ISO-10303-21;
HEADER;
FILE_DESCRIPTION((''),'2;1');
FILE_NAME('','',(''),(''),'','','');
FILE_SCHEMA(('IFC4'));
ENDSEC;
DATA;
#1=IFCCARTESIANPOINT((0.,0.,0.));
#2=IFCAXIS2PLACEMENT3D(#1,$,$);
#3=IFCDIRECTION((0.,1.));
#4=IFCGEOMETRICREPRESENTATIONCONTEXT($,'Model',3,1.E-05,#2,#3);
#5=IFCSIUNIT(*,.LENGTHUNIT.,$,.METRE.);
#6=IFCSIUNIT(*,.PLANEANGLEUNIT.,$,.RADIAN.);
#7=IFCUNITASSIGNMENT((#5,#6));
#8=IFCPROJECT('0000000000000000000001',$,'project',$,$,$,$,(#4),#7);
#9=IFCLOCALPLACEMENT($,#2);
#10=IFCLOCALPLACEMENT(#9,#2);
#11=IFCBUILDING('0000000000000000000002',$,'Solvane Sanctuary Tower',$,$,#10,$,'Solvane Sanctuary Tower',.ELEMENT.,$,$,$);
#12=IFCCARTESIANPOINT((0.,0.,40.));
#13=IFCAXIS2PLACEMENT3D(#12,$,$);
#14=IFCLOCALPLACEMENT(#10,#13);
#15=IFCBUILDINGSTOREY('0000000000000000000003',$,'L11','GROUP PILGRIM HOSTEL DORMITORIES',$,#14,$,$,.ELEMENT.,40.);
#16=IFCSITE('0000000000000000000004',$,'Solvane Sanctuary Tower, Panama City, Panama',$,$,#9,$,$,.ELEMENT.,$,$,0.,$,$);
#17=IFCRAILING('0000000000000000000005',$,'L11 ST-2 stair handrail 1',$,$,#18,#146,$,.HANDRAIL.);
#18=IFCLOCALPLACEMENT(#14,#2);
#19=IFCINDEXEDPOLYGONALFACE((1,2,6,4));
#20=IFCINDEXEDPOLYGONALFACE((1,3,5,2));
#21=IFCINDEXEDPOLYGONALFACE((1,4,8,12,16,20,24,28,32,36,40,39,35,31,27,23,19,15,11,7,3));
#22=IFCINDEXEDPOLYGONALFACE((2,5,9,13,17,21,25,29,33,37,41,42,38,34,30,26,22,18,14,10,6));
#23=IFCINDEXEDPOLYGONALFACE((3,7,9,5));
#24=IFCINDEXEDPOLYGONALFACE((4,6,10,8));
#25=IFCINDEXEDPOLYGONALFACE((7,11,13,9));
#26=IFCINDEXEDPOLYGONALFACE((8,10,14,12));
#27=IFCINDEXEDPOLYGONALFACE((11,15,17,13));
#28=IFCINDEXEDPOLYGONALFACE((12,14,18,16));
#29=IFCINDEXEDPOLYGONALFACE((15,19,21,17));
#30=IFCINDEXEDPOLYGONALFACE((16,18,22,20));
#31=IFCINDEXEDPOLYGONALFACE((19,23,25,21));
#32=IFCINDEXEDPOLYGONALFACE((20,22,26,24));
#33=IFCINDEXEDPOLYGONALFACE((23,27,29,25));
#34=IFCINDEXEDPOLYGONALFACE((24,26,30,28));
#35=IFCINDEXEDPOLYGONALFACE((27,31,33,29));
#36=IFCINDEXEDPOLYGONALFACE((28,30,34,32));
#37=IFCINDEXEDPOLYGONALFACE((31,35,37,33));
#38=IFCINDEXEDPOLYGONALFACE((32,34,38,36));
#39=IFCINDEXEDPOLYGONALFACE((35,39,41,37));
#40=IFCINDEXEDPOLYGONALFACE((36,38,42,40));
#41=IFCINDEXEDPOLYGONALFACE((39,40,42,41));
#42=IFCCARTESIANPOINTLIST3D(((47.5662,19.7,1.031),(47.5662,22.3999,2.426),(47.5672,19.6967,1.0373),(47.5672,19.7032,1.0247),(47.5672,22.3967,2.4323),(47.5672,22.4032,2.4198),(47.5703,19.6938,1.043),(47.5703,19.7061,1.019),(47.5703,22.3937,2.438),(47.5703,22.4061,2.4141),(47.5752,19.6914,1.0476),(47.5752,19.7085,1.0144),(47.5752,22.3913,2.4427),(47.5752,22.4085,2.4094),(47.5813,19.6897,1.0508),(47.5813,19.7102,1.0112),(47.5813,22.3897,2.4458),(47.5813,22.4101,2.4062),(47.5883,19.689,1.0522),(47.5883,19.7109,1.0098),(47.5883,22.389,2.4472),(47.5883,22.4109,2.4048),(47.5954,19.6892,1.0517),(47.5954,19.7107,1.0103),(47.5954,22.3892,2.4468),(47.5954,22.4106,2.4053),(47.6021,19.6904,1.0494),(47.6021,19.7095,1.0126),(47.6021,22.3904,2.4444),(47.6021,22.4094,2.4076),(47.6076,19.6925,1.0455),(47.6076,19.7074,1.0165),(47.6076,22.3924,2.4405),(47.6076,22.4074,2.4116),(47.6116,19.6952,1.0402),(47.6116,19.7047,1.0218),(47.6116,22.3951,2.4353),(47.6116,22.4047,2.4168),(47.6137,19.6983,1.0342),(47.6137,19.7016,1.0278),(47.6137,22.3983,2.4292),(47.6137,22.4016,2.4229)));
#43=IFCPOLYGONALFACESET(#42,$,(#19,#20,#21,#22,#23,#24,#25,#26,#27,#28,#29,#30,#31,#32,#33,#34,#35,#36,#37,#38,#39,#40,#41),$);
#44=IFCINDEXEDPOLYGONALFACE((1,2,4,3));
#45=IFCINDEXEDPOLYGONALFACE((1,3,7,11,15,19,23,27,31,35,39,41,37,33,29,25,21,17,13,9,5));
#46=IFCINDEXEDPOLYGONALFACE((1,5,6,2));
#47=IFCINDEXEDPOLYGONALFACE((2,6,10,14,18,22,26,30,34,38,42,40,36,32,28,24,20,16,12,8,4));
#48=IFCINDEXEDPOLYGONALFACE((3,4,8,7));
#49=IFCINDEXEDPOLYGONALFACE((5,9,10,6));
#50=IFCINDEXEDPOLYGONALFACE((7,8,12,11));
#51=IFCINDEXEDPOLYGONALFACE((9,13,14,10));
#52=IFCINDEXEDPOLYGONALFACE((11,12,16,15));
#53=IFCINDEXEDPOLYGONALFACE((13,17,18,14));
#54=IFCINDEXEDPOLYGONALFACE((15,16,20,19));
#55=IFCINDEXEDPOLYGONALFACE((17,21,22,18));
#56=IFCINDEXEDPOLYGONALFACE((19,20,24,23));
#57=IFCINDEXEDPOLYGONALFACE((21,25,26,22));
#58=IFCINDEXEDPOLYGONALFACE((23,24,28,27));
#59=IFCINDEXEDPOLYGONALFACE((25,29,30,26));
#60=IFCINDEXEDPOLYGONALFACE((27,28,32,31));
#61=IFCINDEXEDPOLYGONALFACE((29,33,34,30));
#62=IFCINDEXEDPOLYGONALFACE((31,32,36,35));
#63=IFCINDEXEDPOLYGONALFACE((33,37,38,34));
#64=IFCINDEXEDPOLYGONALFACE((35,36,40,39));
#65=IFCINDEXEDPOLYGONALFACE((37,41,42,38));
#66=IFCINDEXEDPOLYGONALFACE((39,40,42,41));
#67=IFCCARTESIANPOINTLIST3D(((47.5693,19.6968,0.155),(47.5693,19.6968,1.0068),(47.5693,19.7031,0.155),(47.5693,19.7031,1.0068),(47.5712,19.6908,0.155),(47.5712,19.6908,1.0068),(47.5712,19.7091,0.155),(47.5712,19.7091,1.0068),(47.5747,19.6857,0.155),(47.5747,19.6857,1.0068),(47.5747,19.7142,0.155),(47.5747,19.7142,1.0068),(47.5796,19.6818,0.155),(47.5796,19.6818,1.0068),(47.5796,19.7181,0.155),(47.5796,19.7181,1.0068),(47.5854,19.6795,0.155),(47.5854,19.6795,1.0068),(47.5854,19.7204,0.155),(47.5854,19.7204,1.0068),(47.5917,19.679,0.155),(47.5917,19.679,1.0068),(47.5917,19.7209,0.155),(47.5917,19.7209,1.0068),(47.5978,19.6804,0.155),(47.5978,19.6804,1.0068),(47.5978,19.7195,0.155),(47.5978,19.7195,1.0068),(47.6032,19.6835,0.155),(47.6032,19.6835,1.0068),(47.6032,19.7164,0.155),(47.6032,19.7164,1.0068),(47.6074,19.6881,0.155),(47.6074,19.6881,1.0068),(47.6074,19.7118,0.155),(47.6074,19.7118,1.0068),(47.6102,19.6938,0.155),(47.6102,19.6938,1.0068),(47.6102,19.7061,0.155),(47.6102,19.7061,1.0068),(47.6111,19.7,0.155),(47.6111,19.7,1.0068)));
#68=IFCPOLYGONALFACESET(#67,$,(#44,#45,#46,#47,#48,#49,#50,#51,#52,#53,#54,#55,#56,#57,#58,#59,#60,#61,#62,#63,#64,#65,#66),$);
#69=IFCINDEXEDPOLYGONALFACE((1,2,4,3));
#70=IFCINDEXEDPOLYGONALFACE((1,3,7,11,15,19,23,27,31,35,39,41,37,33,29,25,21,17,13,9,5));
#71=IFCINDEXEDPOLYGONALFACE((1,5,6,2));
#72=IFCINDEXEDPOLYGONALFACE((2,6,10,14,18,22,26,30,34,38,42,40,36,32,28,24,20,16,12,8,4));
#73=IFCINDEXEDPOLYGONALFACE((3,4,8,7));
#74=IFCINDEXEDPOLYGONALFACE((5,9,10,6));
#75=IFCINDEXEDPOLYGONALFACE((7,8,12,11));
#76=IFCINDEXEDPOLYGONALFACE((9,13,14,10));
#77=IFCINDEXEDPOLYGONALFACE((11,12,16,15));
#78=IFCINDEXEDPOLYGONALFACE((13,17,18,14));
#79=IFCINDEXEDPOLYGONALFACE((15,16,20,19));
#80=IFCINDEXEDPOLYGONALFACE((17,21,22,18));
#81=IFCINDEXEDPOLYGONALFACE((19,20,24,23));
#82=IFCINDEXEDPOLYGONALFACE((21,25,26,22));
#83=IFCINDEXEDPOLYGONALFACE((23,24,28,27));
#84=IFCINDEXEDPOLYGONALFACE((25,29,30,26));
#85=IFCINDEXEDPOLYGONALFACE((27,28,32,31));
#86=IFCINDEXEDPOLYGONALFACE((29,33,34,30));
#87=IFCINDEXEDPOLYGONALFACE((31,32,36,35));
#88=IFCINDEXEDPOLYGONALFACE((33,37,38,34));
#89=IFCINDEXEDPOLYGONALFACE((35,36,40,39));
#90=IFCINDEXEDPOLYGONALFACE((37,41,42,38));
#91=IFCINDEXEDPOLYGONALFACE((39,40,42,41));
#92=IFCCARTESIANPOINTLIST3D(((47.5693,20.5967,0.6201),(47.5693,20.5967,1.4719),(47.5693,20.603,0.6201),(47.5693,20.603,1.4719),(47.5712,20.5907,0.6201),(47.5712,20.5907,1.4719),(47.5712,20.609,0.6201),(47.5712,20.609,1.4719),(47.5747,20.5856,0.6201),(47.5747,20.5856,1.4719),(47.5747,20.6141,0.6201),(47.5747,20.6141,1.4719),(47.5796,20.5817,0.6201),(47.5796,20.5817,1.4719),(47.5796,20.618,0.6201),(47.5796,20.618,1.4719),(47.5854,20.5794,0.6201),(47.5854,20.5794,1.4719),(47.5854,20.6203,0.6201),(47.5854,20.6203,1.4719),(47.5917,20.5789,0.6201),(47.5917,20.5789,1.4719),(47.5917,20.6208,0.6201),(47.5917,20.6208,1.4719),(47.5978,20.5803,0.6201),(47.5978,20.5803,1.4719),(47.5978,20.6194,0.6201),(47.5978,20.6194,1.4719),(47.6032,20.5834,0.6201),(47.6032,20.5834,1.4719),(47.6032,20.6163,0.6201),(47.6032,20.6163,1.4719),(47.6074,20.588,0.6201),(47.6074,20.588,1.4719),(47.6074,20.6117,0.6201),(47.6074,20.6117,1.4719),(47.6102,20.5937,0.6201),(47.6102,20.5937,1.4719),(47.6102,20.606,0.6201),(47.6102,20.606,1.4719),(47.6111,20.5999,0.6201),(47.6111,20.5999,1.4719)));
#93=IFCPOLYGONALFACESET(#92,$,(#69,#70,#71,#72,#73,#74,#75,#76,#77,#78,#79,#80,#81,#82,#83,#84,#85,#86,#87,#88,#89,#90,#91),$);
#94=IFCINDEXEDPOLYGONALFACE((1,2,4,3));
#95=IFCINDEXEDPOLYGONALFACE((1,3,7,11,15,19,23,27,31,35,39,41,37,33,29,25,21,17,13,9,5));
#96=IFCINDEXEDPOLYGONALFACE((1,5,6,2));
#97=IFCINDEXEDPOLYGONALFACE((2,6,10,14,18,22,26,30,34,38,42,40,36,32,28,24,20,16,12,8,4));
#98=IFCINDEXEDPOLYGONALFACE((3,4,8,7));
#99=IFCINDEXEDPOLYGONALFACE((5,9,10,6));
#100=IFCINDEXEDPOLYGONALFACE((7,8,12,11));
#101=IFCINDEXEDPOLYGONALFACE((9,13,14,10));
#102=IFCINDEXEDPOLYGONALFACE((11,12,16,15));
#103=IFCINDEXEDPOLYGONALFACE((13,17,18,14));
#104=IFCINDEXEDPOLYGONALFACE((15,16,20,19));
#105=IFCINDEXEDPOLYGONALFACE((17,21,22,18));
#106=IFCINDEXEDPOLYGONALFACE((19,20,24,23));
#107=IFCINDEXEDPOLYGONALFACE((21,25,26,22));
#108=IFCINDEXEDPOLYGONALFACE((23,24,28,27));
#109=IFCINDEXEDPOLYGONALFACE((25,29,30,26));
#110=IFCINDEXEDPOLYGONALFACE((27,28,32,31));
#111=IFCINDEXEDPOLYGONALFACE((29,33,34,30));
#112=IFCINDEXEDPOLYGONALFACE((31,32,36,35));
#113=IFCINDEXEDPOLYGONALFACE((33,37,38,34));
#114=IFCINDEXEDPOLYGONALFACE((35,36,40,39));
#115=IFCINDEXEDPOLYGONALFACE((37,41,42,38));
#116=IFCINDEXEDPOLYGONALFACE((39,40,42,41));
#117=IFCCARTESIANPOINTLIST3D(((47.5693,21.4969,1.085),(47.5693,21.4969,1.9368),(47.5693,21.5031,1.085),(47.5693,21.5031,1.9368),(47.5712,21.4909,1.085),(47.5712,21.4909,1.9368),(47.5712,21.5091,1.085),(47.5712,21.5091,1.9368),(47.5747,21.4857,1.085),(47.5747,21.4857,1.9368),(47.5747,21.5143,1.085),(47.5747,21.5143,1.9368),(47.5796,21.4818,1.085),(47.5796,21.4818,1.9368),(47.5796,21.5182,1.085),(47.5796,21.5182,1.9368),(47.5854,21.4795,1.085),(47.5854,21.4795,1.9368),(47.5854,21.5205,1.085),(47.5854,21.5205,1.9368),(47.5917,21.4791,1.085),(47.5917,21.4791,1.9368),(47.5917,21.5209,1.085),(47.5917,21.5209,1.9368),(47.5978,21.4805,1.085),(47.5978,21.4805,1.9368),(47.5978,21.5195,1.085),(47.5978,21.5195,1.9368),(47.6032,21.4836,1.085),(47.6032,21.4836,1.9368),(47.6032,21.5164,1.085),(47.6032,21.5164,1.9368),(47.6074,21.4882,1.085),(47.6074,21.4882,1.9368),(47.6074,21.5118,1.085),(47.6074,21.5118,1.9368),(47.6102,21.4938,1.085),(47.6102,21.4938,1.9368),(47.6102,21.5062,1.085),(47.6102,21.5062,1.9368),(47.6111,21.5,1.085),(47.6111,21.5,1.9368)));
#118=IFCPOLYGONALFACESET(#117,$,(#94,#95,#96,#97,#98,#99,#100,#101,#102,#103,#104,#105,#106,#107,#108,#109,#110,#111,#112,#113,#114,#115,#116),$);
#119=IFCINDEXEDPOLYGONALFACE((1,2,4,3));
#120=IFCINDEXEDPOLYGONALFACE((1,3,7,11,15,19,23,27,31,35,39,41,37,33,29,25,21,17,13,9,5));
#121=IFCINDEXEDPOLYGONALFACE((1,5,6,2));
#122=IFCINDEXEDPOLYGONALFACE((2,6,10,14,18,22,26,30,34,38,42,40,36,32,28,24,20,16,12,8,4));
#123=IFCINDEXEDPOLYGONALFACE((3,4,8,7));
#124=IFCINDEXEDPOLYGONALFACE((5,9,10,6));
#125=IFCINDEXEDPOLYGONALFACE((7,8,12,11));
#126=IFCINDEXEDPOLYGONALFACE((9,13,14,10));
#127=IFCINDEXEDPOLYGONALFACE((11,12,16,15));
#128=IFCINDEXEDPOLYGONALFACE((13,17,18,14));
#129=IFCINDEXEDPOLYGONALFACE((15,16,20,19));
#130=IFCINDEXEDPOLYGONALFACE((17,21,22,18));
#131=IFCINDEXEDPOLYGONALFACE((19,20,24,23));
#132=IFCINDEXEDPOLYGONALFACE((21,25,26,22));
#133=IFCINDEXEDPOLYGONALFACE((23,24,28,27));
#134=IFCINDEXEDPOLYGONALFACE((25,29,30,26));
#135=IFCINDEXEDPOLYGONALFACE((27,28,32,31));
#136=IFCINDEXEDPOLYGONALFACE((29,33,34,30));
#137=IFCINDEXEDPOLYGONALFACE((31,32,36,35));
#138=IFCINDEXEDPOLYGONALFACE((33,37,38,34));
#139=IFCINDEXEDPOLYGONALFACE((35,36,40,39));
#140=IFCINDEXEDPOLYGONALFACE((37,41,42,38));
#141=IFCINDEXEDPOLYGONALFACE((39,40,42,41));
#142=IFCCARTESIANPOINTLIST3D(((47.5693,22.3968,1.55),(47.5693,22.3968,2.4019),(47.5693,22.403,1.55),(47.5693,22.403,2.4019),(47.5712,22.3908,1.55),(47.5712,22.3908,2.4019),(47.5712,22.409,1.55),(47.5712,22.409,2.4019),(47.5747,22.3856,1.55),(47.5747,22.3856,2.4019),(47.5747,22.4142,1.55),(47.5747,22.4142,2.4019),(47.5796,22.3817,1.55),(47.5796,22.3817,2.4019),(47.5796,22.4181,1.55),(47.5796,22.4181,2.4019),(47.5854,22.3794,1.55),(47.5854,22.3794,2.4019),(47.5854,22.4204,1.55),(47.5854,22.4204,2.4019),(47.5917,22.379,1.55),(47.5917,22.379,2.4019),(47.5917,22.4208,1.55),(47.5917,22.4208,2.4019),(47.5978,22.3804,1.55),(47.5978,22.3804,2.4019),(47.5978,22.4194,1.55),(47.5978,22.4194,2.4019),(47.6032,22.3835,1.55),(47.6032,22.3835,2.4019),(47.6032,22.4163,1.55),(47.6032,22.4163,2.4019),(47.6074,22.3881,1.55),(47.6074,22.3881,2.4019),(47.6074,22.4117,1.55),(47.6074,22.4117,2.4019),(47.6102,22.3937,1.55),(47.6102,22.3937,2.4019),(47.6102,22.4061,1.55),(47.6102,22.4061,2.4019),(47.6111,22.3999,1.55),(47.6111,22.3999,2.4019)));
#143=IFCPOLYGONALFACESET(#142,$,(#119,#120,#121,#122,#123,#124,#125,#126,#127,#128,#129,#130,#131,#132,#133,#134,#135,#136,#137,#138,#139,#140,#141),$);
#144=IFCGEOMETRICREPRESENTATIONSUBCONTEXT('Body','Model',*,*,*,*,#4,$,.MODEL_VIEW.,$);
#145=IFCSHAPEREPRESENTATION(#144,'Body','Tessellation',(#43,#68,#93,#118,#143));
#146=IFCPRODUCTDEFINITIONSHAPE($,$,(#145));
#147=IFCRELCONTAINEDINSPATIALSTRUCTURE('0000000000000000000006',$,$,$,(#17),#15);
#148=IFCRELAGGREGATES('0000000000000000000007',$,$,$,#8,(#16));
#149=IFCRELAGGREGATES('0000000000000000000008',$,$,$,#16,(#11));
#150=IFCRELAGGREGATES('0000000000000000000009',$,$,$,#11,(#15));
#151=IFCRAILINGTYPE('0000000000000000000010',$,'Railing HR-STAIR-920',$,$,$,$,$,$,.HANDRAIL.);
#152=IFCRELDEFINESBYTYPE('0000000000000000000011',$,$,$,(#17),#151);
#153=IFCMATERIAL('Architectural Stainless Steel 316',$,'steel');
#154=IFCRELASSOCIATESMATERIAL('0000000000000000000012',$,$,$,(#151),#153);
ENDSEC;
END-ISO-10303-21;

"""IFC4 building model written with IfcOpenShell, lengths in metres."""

from ifc_helpers import new_model, si_unit, direction, frame, origin, origin_2d, place, context, subcontext, project, spatial, circle, extrude, material, type_object, element, save


model = new_model("IFC4")

# Units and contexts
model_context = context("Model", 3, precision=1e-05, world=origin(), true_north=direction((0.0, 1.0)))
body_context = subcontext(model_context, "Body", "Model", "MODEL_VIEW")
ifc_project = project(units=[si_unit("LENGTHUNIT", "METRE"), si_unit("PLANEANGLEUNIT", "RADIAN")], contexts=[model_context])

# Site, building, storey
site_placement = place(None, origin())
site = spatial("IfcSite", under=ifc_project, at=site_placement, Name="Solvane Sanctuary Tower, Panama City, Panama", CompositionType="ELEMENT", RefElevation=0.0)
building_placement = place(site_placement, origin())
building = spatial("IfcBuilding", under=site, at=building_placement, Name="Solvane Sanctuary Tower", LongName="Solvane Sanctuary Tower", CompositionType="ELEMENT")
storey_placement = place(building_placement, frame((0.0, 0.0, 40.0)))
storey = spatial("IfcBuildingStorey", under=building, at=storey_placement, Name="L11", Description="GROUP PILGRIM HOSTEL DORMITORIES", CompositionType="ELEMENT", Elevation=40.0)

# Shared definitions
ifc_material_1 = material(Name="Architectural Stainless Steel 316", Category="steel")

# Railing
railing_type_1 = type_object("IfcRailingType", Name="Railing HR-STAIR-920", PredefinedType="HANDRAIL", material=ifc_material_1)
railing_1_placement = place(storey_placement, frame((47.5901, 19.7, 0.155)))
element("IfcRailing", 1, at=railing_1_placement, inside=storey, type_object=railing_type_1, Name="L11 ST-2 stair handrail 1", PredefinedType="HANDRAIL", context=body_context, shape_type="SweptSolid", body=[
    extrude(circle(Radius=0.0239, at=origin_2d()), frame((0.0, 0.0, 0.876), z_axis=(0.0, 0.88842, 0.459032), x_axis=(-1.0, 0.0, 0.0)), (0.0, 0.0, 1.0), 3.0391),
    extrude(circle(Radius=0.021, at=origin_2d()), origin(), (0.0, 0.0, 1.0), 0.8518),
    extrude(circle(Radius=0.021, at=origin_2d()), frame((0.0, 0.8999, 0.4651)), (0.0, 0.0, 1.0), 0.8518),
    extrude(circle(Radius=0.021, at=origin_2d()), frame((0.0, 1.8, 0.9299)), (0.0, 0.0, 1.0), 0.8518),
    extrude(circle(Radius=0.021, at=origin_2d()), frame((0.0, 2.7, 1.395)), (0.0, 0.0, 1.0), 0.8518),
])

save(model, "model.ifc")
